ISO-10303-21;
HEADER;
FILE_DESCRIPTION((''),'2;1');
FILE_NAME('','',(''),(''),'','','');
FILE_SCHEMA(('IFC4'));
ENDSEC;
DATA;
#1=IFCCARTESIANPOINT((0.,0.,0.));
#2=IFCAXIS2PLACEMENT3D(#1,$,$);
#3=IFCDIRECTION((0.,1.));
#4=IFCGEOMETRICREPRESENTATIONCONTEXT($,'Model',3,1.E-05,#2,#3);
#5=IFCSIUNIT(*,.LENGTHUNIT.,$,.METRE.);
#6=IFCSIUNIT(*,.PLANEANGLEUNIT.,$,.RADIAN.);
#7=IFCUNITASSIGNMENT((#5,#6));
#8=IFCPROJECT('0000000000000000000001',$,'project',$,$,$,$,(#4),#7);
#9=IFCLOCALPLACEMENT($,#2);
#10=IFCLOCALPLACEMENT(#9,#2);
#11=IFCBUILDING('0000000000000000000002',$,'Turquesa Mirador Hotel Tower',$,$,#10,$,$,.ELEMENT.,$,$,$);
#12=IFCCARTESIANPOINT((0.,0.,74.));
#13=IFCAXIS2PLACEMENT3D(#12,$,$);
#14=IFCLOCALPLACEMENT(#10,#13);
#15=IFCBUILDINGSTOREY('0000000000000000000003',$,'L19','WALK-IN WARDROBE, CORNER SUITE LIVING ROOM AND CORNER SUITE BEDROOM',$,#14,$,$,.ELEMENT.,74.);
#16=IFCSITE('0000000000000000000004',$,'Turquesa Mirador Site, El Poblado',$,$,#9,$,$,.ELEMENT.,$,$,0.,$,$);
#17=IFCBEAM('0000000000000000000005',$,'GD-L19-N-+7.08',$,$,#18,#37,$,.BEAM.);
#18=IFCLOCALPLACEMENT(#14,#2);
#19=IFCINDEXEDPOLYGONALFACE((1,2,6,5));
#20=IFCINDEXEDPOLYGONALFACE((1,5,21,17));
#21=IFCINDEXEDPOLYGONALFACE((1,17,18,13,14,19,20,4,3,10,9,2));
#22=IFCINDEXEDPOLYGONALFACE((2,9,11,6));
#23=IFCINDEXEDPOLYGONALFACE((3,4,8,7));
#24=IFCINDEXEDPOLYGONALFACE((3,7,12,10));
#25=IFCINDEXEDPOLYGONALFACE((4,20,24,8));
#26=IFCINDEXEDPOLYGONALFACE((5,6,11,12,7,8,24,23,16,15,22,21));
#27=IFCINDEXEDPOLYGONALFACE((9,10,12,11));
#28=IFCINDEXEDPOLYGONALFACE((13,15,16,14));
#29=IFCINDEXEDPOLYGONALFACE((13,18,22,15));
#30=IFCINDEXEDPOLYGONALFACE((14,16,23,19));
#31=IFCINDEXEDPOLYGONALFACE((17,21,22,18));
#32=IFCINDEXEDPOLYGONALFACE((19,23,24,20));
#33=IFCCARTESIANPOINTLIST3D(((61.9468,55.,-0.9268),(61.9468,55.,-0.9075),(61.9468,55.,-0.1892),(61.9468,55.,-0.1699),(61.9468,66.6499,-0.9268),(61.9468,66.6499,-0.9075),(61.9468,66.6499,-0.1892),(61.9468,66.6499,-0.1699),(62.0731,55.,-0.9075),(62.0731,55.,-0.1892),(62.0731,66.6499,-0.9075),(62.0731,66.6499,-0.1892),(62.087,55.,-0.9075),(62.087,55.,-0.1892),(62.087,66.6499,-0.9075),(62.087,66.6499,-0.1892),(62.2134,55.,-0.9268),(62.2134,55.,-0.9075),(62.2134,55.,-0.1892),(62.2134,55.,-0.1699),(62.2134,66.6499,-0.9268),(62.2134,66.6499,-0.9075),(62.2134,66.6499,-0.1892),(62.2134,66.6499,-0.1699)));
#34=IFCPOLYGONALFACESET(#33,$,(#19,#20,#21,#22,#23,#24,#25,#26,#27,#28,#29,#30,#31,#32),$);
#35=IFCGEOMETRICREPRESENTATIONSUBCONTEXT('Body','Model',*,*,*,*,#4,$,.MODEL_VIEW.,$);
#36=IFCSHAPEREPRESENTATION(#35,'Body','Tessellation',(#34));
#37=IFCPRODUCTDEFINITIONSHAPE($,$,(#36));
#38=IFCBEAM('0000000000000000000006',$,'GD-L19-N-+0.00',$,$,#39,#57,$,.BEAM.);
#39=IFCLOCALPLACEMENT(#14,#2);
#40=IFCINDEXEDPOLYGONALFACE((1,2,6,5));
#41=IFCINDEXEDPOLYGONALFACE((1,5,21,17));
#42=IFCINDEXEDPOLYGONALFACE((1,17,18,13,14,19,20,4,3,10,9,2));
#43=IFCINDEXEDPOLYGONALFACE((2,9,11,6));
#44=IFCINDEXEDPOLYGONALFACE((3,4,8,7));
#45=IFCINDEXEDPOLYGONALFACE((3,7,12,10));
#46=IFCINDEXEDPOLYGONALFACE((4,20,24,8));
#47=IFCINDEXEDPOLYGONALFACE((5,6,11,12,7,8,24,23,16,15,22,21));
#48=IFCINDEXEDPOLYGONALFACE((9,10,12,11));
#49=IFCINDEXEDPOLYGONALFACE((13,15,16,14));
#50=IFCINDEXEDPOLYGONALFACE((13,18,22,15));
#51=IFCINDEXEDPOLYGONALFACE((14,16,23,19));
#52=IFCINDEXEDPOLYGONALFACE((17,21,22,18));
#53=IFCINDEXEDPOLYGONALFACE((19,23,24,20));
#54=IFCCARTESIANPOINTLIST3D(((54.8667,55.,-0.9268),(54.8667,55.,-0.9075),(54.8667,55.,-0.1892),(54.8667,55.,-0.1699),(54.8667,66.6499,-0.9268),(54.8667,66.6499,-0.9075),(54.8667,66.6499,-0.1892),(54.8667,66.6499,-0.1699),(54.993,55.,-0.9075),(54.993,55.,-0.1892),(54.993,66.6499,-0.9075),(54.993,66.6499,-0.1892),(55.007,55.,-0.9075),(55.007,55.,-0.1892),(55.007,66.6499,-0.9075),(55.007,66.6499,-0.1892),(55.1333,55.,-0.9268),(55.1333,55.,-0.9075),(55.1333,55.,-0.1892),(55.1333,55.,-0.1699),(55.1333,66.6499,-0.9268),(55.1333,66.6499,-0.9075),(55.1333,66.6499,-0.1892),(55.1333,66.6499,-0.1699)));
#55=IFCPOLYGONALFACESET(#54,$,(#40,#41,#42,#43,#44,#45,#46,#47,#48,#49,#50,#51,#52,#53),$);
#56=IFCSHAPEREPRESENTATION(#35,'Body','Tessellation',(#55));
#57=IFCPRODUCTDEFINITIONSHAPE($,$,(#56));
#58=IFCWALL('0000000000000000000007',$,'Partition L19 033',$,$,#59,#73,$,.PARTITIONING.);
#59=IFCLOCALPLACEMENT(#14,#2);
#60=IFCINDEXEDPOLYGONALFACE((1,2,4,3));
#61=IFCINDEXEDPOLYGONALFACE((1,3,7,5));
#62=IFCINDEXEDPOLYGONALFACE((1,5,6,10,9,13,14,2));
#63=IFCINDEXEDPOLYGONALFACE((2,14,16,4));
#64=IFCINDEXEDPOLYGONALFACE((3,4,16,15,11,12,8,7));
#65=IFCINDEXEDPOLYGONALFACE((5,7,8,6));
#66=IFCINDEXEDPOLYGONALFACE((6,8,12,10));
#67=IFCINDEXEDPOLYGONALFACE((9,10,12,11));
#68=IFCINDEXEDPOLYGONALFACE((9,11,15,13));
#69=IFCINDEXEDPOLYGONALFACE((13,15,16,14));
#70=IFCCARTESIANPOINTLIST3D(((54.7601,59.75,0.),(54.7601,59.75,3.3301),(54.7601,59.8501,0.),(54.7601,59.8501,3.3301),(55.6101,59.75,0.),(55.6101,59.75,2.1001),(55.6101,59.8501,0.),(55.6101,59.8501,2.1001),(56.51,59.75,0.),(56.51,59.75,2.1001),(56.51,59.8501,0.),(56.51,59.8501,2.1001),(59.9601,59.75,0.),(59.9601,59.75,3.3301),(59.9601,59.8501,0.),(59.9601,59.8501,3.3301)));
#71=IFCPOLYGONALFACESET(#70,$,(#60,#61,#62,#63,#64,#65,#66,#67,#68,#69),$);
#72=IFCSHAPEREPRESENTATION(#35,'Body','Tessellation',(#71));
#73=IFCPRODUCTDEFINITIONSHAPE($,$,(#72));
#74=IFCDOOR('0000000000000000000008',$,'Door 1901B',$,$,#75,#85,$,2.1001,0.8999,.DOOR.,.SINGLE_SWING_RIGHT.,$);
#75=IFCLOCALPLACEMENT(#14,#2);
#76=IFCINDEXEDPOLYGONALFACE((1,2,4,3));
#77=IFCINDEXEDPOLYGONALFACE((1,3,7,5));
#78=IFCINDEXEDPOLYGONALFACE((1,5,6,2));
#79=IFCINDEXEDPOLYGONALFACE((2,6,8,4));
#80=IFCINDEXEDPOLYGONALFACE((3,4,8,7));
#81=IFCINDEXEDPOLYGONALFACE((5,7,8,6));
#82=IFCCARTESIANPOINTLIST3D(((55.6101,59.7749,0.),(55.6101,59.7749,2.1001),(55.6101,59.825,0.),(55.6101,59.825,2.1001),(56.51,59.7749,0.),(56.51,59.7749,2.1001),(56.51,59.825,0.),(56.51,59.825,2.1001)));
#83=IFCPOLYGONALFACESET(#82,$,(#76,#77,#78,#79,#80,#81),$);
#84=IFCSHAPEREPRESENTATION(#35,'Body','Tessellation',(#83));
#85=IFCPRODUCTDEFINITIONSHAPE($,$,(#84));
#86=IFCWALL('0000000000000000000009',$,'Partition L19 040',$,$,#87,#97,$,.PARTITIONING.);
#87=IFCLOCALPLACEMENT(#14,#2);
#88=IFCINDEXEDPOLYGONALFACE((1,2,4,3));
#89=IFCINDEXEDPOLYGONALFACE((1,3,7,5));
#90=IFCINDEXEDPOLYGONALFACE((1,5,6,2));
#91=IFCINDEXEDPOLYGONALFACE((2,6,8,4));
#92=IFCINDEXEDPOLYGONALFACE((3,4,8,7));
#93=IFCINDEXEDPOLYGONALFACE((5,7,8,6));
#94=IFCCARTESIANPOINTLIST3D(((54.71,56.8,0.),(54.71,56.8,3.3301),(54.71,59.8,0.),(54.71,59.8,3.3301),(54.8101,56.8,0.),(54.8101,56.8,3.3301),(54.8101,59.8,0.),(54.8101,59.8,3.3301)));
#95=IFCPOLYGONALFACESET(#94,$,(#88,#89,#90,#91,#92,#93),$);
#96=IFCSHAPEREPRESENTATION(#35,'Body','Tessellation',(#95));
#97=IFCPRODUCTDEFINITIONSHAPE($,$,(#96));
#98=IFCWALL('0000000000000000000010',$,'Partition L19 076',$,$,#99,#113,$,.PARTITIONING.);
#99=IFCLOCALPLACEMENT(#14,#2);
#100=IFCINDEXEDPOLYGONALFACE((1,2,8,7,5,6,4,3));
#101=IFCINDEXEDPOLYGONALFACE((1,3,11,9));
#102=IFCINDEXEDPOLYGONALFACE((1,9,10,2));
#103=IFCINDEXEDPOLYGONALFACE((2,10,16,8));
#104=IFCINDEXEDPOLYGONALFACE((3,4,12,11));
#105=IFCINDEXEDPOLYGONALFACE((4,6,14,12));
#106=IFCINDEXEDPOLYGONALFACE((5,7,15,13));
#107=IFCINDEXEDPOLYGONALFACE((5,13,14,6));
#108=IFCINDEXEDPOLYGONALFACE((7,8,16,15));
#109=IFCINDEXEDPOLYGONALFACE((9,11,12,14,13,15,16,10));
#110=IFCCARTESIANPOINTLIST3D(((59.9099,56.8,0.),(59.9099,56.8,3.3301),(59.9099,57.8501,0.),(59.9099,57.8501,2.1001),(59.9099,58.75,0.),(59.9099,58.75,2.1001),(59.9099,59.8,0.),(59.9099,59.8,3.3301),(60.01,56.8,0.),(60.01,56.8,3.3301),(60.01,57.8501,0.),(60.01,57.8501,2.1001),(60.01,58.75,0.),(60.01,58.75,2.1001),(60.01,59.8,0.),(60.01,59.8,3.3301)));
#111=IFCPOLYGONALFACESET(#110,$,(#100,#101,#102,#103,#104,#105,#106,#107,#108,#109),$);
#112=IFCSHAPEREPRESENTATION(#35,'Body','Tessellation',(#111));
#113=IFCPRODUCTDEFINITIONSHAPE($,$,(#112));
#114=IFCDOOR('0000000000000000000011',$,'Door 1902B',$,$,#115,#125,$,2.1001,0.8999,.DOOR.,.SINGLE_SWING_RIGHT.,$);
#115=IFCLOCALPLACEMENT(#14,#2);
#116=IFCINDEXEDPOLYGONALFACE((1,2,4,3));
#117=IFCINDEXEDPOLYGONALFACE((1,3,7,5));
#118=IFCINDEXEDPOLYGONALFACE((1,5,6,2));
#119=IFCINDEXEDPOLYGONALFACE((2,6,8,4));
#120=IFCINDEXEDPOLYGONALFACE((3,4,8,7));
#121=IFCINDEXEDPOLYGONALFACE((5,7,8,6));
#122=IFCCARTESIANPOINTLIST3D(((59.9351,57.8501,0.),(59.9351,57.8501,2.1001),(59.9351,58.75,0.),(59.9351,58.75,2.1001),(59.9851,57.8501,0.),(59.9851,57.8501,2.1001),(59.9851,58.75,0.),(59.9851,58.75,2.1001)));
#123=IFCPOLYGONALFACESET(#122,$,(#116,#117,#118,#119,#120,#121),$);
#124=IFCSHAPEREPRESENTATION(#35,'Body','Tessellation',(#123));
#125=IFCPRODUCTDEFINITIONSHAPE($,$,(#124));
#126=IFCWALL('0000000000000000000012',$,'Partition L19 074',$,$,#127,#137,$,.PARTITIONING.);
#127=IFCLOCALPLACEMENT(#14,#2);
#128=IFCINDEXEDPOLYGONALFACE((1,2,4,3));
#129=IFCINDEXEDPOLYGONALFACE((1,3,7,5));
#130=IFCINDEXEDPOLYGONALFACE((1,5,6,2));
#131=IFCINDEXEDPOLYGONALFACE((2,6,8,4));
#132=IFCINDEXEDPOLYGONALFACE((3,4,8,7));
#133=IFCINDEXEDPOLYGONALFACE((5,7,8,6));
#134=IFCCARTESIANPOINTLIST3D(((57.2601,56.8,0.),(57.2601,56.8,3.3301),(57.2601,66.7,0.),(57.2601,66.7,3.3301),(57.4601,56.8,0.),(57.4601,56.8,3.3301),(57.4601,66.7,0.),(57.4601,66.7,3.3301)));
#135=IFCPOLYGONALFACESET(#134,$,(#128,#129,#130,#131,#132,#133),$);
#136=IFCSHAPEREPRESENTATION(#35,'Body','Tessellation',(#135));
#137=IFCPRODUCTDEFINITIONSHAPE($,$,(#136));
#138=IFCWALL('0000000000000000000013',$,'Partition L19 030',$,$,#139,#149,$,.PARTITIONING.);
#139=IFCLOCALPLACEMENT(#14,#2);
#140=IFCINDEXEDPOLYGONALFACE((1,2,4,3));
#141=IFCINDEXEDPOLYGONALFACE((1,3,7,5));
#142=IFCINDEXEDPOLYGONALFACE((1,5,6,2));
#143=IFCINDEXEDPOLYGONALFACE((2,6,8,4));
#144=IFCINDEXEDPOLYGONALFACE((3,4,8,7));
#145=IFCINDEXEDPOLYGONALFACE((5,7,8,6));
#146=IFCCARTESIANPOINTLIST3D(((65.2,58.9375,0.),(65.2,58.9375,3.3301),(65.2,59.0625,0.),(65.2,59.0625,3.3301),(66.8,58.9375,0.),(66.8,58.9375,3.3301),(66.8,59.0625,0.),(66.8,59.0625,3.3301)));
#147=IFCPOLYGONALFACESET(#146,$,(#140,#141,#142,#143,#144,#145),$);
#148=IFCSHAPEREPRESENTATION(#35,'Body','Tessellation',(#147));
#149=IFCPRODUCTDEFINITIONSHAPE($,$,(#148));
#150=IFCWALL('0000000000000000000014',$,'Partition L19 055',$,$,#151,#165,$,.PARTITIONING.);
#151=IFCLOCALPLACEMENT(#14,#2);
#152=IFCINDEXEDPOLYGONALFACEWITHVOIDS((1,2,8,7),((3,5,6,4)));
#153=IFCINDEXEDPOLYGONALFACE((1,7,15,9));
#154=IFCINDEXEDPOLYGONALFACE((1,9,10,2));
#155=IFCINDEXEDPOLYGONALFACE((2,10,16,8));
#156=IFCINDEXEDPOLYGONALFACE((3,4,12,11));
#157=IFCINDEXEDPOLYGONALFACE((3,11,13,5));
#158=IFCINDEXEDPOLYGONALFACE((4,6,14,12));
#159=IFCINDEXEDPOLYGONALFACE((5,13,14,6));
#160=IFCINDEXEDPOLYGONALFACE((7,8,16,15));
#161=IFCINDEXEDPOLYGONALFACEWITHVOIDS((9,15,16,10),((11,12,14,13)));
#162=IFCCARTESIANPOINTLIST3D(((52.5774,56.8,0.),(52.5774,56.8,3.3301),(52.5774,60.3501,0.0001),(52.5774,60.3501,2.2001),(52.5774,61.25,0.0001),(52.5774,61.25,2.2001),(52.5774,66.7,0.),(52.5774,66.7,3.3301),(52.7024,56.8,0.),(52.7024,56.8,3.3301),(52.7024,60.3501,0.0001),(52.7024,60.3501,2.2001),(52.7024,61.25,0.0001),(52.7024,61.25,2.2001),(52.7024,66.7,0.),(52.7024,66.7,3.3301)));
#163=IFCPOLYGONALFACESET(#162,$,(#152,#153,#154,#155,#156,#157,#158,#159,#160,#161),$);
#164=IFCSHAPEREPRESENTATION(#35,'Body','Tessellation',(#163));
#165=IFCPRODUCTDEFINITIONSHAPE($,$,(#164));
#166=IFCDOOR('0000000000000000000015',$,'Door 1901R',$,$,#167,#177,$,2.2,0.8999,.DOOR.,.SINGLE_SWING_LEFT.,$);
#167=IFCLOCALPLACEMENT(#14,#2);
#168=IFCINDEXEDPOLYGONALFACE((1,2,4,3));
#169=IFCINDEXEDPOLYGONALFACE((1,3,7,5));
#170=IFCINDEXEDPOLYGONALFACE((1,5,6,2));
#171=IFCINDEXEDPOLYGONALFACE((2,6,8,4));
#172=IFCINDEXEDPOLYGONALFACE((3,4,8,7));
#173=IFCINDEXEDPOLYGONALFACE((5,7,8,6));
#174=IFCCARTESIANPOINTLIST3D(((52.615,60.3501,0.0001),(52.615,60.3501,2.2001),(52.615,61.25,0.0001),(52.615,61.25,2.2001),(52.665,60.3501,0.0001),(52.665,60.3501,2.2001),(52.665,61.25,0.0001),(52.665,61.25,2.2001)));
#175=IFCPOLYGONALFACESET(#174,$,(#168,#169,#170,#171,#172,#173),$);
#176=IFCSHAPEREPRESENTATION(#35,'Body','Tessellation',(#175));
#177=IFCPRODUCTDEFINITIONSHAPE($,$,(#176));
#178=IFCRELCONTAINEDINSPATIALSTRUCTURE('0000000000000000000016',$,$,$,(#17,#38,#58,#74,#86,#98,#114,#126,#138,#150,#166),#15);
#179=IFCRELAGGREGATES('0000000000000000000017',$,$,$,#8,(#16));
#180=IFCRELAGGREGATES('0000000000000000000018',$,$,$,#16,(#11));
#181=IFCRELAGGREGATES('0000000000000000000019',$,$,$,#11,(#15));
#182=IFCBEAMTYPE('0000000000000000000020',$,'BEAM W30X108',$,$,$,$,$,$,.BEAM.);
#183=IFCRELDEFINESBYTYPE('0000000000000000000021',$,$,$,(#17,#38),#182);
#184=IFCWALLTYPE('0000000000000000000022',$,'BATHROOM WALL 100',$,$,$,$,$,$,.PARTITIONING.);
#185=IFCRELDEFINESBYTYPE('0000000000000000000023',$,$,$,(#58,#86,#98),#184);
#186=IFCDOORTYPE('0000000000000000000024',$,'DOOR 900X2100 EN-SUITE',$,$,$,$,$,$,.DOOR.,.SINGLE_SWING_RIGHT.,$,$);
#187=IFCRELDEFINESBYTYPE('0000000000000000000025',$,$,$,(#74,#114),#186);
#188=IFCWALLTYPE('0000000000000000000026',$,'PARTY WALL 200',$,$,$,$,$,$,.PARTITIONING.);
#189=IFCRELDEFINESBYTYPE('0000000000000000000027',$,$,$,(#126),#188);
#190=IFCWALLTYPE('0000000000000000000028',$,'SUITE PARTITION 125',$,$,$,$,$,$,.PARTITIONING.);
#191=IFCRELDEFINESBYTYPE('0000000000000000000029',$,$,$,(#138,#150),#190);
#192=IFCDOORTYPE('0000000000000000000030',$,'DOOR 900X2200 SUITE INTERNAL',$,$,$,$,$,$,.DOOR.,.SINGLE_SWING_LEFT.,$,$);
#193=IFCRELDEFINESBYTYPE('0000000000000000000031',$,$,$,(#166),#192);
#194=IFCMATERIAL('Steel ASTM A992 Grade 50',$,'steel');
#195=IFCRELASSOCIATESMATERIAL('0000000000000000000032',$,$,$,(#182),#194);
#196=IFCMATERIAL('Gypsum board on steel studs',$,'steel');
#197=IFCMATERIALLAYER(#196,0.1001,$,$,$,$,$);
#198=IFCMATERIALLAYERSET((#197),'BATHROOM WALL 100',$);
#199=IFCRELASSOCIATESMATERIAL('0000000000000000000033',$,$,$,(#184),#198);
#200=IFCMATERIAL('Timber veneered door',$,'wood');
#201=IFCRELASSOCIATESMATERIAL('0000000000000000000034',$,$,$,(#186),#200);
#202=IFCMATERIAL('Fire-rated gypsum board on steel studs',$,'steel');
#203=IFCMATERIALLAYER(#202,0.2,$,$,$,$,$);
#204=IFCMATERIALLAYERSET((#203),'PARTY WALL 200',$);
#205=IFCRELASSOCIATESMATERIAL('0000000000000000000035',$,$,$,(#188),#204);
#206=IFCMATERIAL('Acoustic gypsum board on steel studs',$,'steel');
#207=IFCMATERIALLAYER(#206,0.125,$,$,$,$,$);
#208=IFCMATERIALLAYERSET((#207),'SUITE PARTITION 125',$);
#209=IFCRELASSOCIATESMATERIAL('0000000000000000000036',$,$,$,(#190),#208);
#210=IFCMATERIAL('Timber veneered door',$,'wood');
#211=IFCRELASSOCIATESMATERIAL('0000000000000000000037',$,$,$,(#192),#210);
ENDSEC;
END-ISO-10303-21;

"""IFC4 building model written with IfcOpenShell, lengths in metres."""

from ifc_helpers import new_model, si_unit, direction, frame, frame_2d, origin, origin_2d, place, context, subcontext, project, spatial, rectangle, i_section, extrude, material, layer, layer_set, material_profile, profile_set, type_object, element, fill, save


model = new_model("IFC4")

# Units and contexts
model_context = context("Model", 3, precision=1e-05, world=origin(), true_north=direction((0.0, 1.0)))
body_context = subcontext(model_context, "Body", "Model", "MODEL_VIEW")
ifc_project = project(units=[si_unit("LENGTHUNIT", "METRE"), si_unit("PLANEANGLEUNIT", "RADIAN")], contexts=[model_context])

# Site, building, storey
site_placement = place(None, origin())
site = spatial("IfcSite", under=ifc_project, at=site_placement, Name="Turquesa Mirador Site, El Poblado", CompositionType="ELEMENT", RefElevation=0.0)
building_placement = place(site_placement, origin())
building = spatial("IfcBuilding", under=site, at=building_placement, Name="Turquesa Mirador Hotel Tower", CompositionType="ELEMENT")
storey_placement = place(building_placement, frame((0.0, 0.0, 74.0)))
storey = spatial("IfcBuildingStorey", under=building, at=storey_placement, Name="L19", Description="WALK-IN WARDROBE, CORNER SUITE LIVING ROOM AND CORNER SUITE BEDROOM", CompositionType="ELEMENT", Elevation=74.0)

# Beams
ifc_material_1 = material(Name="Steel ASTM A992 Grade 50", Category="steel")
ifc_material_profile_1 = material_profile(ifc_material_1, i_section(OverallWidth=0.2666, OverallDepth=0.7568, WebThickness=0.0139, FlangeThickness=0.0193, at=origin_2d()), Name="W30X108")
ifc_profile_set_1 = profile_set([ifc_material_profile_1], Name="Steel ASTM A992 Grade 50")
beam_type_1 = type_object("IfcBeamType", Name="BEAM W30X108", PredefinedType="BEAM", material=ifc_profile_set_1)
for number, where, z_axis, x_axis, name in (
    (1, (62.0801, 66.6499, -0.5483), (0.0, -1.0, 0.0), (1.0, 0.0, 0.0), "GD-L19-N-+7.08"),
    (2, (55.0, 66.6499, -0.5483), (0.0, -1.0, 0.0), (1.0, 0.0, 0.0), "GD-L19-N-+0.00"),
):
    element("IfcBeam", number, at=place(storey_placement, frame(where, z_axis=z_axis, x_axis=x_axis)), inside=storey, type_object=beam_type_1, Name=name, PredefinedType="BEAM", context=body_context, shape_type="SweptSolid", body=[
        extrude(i_section(OverallWidth=0.2666, OverallDepth=0.7568, WebThickness=0.0139, FlangeThickness=0.0193, at=origin_2d()), origin(), (0.0, 0.0, 1.0), 11.6499),
    ])

# Wall, opening, door
ifc_material_2 = material(Name="Gypsum board on steel studs", Category="steel")
ifc_layer_1 = layer(ifc_material_2, 0.1001)
ifc_layer_set_1 = layer_set([ifc_layer_1], Name="BATHROOM WALL 100")
wall_type_1 = type_object("IfcWallType", Name="BATHROOM WALL 100", PredefinedType="PARTITIONING", material=ifc_layer_set_1)
wall_1_placement = place(storey_placement, frame((54.76, 59.8, 0.0), z_axis=(0.0, 0.0, 1.0), x_axis=(1.0, 0.0, 0.0)))
wall_1 = element("IfcWall", 3, at=wall_1_placement, inside=storey, type_object=wall_type_1, Name="Partition L19 033", PredefinedType="PARTITIONING", context=body_context, shape_type="SweptSolid", body=[
    extrude(rectangle(XDim=5.2, YDim=0.1001, at=frame_2d((2.6001, 0.0))), origin(), (0.0, 0.0, 1.0), 3.3301),
])
opening_1_placement = place(wall_1_placement, frame((0.8501, 0.0, 0.0)))
opening_1 = element("IfcOpeningElement", 4, at=opening_1_placement, cuts=wall_1, PredefinedType="OPENING", context=body_context, shape_type="SweptSolid", body=[
    extrude(rectangle(XDim=0.8999, YDim=2.1001, at=frame_2d((0.45, 1.05))), frame((0.0, 0.0601, 0.0), z_axis=(0.0, -1.0, 0.0), x_axis=(1.0, 0.0, 0.0)), (0.0, 0.0, 1.0), 0.1201),
])
ifc_material_3 = material(Name="Timber veneered door", Category="wood")
door_type_1 = type_object("IfcDoorType", Name="DOOR 900X2100 EN-SUITE", OperationType="SINGLE_SWING_RIGHT", PredefinedType="DOOR", material=ifc_material_3)
door_1_placement = place(opening_1_placement, origin())
door_1 = element("IfcDoor", 5, at=door_1_placement, inside=storey, type_object=door_type_1, Name="Door 1901B", OperationType="SINGLE_SWING_RIGHT", OverallHeight=2.1001, OverallWidth=0.8999, PredefinedType="DOOR", context=body_context, shape_type="SweptSolid", body=[
    extrude(rectangle(XDim=0.8999, YDim=2.1001, at=frame_2d((0.45, 1.05))), frame((0.0, 0.0249, 0.0), z_axis=(0.0, -1.0, 0.0), x_axis=(1.0, 0.0, 0.0)), (0.0, 0.0, 1.0), 0.05),
])
fill(opening_1, door_1)

# Wall
wall_2_placement = place(storey_placement, frame((54.76, 56.8, 0.0), z_axis=(0.0, 0.0, 1.0), x_axis=(0.0, 1.0, 0.0)))
element("IfcWall", 6, at=wall_2_placement, inside=storey, type_object=wall_type_1, Name="Partition L19 040", PredefinedType="PARTITIONING", context=body_context, shape_type="SweptSolid", body=[
    extrude(rectangle(XDim=3.0, YDim=0.1001, at=frame_2d((1.5, 0.0))), origin(), (0.0, 0.0, 1.0), 3.3301),
])

# Wall, opening, door
wall_3_placement = place(storey_placement, frame((59.96, 56.8, 0.0), z_axis=(0.0, 0.0, 1.0), x_axis=(0.0, 1.0, 0.0)))
wall_3 = element("IfcWall", 7, at=wall_3_placement, inside=storey, type_object=wall_type_1, Name="Partition L19 076", PredefinedType="PARTITIONING", context=body_context, shape_type="SweptSolid", body=[
    extrude(rectangle(XDim=3.0, YDim=0.1001, at=frame_2d((1.5, 0.0))), origin(), (0.0, 0.0, 1.0), 3.3301),
])
opening_2_placement = place(wall_3_placement, frame((1.05, 0.0, 0.0)))
opening_2 = element("IfcOpeningElement", 8, at=opening_2_placement, cuts=wall_3, PredefinedType="OPENING", context=body_context, shape_type="SweptSolid", body=[
    extrude(rectangle(XDim=0.8999, YDim=2.1001, at=frame_2d((0.45, 1.05))), frame((0.0, 0.0601, 0.0), z_axis=(0.0, -1.0, 0.0), x_axis=(1.0, 0.0, 0.0)), (0.0, 0.0, 1.0), 0.1201),
])
door_2_placement = place(opening_2_placement, origin())
door_2 = element("IfcDoor", 9, at=door_2_placement, inside=storey, type_object=door_type_1, Name="Door 1902B", OperationType="SINGLE_SWING_RIGHT", OverallHeight=2.1001, OverallWidth=0.8999, PredefinedType="DOOR", context=body_context, shape_type="SweptSolid", body=[
    extrude(rectangle(XDim=0.8999, YDim=2.1001, at=frame_2d((0.45, 1.05))), frame((0.0, 0.0249, 0.0), z_axis=(0.0, -1.0, 0.0), x_axis=(1.0, 0.0, 0.0)), (0.0, 0.0, 1.0), 0.05),
])
fill(opening_2, door_2)

# Walls
ifc_material_4 = material(Name="Fire-rated gypsum board on steel studs", Category="steel")
ifc_layer_2 = layer(ifc_material_4, 0.2)
ifc_layer_set_2 = layer_set([ifc_layer_2], Name="PARTY WALL 200")
wall_type_2 = type_object("IfcWallType", Name="PARTY WALL 200", PredefinedType="PARTITIONING", material=ifc_layer_set_2)
wall_4_placement = place(storey_placement, frame((57.3601, 56.8, 0.0), z_axis=(0.0, 0.0, 1.0), x_axis=(0.0, 1.0, 0.0)))
element("IfcWall", 10, at=wall_4_placement, inside=storey, type_object=wall_type_2, Name="Partition L19 074", PredefinedType="PARTITIONING", context=body_context, shape_type="SweptSolid", body=[
    extrude(rectangle(XDim=9.8999, YDim=0.2, at=frame_2d((4.95, 0.0))), origin(), (0.0, 0.0, 1.0), 3.3301),
])
ifc_material_5 = material(Name="Acoustic gypsum board on steel studs", Category="steel")
ifc_layer_3 = layer(ifc_material_5, 0.125)
ifc_layer_set_3 = layer_set([ifc_layer_3], Name="SUITE PARTITION 125")
wall_type_3 = type_object("IfcWallType", Name="SUITE PARTITION 125", PredefinedType="PARTITIONING", material=ifc_layer_set_3)
wall_5_placement = place(storey_placement, frame((65.2, 59.0, 0.0), z_axis=(0.0, 0.0, 1.0), x_axis=(1.0, 0.0, 0.0)))
element("IfcWall", 11, at=wall_5_placement, inside=storey, type_object=wall_type_3, Name="Partition L19 030", PredefinedType="PARTITIONING", context=body_context, shape_type="SweptSolid", body=[
    extrude(rectangle(XDim=1.6001, YDim=0.125, at=frame_2d((0.8, 0.0))), origin(), (0.0, 0.0, 1.0), 3.3301),
])

# Wall, opening, door
wall_6_placement = place(storey_placement, frame((52.6399, 56.8, 0.0), z_axis=(0.0, 0.0, 1.0), x_axis=(0.0, 1.0, 0.0)))
wall_6 = element("IfcWall", 12, at=wall_6_placement, inside=storey, type_object=wall_type_3, Name="Partition L19 055", PredefinedType="PARTITIONING", context=body_context, shape_type="SweptSolid", body=[
    extrude(rectangle(XDim=9.8999, YDim=0.125, at=frame_2d((4.95, 0.0))), origin(), (0.0, 0.0, 1.0), 3.3301),
])
opening_3_placement = place(wall_6_placement, frame((3.55, 0.0, 0.0)))
opening_3 = element("IfcOpeningElement", 13, at=opening_3_placement, cuts=wall_6, PredefinedType="OPENING", context=body_context, shape_type="SweptSolid", body=[
    extrude(rectangle(XDim=0.8999, YDim=2.2, at=frame_2d((0.45, 1.1001))), frame((0.0, 0.0725, 0.0), z_axis=(0.0, -1.0, 0.0), x_axis=(1.0, 0.0, 0.0)), (0.0, 0.0, 1.0), 0.145),
])
ifc_material_6 = material(Name="Timber veneered door", Category="wood")
door_type_2 = type_object("IfcDoorType", Name="DOOR 900X2200 SUITE INTERNAL", OperationType="SINGLE_SWING_LEFT", PredefinedType="DOOR", material=ifc_material_6)
door_3_placement = place(opening_3_placement, origin())
door_3 = element("IfcDoor", 14, at=door_3_placement, inside=storey, type_object=door_type_2, Name="Door 1901R", OperationType="SINGLE_SWING_LEFT", OverallHeight=2.2, OverallWidth=0.8999, PredefinedType="DOOR", context=body_context, shape_type="SweptSolid", body=[
    extrude(rectangle(XDim=0.8999, YDim=2.2, at=frame_2d((0.45, 1.1001))), frame((0.0, 0.0249, 0.0), z_axis=(0.0, -1.0, 0.0), x_axis=(1.0, 0.0, 0.0)), (0.0, 0.0, 1.0), 0.05),
])
fill(opening_3, door_3)

save(model, "model.ifc")
